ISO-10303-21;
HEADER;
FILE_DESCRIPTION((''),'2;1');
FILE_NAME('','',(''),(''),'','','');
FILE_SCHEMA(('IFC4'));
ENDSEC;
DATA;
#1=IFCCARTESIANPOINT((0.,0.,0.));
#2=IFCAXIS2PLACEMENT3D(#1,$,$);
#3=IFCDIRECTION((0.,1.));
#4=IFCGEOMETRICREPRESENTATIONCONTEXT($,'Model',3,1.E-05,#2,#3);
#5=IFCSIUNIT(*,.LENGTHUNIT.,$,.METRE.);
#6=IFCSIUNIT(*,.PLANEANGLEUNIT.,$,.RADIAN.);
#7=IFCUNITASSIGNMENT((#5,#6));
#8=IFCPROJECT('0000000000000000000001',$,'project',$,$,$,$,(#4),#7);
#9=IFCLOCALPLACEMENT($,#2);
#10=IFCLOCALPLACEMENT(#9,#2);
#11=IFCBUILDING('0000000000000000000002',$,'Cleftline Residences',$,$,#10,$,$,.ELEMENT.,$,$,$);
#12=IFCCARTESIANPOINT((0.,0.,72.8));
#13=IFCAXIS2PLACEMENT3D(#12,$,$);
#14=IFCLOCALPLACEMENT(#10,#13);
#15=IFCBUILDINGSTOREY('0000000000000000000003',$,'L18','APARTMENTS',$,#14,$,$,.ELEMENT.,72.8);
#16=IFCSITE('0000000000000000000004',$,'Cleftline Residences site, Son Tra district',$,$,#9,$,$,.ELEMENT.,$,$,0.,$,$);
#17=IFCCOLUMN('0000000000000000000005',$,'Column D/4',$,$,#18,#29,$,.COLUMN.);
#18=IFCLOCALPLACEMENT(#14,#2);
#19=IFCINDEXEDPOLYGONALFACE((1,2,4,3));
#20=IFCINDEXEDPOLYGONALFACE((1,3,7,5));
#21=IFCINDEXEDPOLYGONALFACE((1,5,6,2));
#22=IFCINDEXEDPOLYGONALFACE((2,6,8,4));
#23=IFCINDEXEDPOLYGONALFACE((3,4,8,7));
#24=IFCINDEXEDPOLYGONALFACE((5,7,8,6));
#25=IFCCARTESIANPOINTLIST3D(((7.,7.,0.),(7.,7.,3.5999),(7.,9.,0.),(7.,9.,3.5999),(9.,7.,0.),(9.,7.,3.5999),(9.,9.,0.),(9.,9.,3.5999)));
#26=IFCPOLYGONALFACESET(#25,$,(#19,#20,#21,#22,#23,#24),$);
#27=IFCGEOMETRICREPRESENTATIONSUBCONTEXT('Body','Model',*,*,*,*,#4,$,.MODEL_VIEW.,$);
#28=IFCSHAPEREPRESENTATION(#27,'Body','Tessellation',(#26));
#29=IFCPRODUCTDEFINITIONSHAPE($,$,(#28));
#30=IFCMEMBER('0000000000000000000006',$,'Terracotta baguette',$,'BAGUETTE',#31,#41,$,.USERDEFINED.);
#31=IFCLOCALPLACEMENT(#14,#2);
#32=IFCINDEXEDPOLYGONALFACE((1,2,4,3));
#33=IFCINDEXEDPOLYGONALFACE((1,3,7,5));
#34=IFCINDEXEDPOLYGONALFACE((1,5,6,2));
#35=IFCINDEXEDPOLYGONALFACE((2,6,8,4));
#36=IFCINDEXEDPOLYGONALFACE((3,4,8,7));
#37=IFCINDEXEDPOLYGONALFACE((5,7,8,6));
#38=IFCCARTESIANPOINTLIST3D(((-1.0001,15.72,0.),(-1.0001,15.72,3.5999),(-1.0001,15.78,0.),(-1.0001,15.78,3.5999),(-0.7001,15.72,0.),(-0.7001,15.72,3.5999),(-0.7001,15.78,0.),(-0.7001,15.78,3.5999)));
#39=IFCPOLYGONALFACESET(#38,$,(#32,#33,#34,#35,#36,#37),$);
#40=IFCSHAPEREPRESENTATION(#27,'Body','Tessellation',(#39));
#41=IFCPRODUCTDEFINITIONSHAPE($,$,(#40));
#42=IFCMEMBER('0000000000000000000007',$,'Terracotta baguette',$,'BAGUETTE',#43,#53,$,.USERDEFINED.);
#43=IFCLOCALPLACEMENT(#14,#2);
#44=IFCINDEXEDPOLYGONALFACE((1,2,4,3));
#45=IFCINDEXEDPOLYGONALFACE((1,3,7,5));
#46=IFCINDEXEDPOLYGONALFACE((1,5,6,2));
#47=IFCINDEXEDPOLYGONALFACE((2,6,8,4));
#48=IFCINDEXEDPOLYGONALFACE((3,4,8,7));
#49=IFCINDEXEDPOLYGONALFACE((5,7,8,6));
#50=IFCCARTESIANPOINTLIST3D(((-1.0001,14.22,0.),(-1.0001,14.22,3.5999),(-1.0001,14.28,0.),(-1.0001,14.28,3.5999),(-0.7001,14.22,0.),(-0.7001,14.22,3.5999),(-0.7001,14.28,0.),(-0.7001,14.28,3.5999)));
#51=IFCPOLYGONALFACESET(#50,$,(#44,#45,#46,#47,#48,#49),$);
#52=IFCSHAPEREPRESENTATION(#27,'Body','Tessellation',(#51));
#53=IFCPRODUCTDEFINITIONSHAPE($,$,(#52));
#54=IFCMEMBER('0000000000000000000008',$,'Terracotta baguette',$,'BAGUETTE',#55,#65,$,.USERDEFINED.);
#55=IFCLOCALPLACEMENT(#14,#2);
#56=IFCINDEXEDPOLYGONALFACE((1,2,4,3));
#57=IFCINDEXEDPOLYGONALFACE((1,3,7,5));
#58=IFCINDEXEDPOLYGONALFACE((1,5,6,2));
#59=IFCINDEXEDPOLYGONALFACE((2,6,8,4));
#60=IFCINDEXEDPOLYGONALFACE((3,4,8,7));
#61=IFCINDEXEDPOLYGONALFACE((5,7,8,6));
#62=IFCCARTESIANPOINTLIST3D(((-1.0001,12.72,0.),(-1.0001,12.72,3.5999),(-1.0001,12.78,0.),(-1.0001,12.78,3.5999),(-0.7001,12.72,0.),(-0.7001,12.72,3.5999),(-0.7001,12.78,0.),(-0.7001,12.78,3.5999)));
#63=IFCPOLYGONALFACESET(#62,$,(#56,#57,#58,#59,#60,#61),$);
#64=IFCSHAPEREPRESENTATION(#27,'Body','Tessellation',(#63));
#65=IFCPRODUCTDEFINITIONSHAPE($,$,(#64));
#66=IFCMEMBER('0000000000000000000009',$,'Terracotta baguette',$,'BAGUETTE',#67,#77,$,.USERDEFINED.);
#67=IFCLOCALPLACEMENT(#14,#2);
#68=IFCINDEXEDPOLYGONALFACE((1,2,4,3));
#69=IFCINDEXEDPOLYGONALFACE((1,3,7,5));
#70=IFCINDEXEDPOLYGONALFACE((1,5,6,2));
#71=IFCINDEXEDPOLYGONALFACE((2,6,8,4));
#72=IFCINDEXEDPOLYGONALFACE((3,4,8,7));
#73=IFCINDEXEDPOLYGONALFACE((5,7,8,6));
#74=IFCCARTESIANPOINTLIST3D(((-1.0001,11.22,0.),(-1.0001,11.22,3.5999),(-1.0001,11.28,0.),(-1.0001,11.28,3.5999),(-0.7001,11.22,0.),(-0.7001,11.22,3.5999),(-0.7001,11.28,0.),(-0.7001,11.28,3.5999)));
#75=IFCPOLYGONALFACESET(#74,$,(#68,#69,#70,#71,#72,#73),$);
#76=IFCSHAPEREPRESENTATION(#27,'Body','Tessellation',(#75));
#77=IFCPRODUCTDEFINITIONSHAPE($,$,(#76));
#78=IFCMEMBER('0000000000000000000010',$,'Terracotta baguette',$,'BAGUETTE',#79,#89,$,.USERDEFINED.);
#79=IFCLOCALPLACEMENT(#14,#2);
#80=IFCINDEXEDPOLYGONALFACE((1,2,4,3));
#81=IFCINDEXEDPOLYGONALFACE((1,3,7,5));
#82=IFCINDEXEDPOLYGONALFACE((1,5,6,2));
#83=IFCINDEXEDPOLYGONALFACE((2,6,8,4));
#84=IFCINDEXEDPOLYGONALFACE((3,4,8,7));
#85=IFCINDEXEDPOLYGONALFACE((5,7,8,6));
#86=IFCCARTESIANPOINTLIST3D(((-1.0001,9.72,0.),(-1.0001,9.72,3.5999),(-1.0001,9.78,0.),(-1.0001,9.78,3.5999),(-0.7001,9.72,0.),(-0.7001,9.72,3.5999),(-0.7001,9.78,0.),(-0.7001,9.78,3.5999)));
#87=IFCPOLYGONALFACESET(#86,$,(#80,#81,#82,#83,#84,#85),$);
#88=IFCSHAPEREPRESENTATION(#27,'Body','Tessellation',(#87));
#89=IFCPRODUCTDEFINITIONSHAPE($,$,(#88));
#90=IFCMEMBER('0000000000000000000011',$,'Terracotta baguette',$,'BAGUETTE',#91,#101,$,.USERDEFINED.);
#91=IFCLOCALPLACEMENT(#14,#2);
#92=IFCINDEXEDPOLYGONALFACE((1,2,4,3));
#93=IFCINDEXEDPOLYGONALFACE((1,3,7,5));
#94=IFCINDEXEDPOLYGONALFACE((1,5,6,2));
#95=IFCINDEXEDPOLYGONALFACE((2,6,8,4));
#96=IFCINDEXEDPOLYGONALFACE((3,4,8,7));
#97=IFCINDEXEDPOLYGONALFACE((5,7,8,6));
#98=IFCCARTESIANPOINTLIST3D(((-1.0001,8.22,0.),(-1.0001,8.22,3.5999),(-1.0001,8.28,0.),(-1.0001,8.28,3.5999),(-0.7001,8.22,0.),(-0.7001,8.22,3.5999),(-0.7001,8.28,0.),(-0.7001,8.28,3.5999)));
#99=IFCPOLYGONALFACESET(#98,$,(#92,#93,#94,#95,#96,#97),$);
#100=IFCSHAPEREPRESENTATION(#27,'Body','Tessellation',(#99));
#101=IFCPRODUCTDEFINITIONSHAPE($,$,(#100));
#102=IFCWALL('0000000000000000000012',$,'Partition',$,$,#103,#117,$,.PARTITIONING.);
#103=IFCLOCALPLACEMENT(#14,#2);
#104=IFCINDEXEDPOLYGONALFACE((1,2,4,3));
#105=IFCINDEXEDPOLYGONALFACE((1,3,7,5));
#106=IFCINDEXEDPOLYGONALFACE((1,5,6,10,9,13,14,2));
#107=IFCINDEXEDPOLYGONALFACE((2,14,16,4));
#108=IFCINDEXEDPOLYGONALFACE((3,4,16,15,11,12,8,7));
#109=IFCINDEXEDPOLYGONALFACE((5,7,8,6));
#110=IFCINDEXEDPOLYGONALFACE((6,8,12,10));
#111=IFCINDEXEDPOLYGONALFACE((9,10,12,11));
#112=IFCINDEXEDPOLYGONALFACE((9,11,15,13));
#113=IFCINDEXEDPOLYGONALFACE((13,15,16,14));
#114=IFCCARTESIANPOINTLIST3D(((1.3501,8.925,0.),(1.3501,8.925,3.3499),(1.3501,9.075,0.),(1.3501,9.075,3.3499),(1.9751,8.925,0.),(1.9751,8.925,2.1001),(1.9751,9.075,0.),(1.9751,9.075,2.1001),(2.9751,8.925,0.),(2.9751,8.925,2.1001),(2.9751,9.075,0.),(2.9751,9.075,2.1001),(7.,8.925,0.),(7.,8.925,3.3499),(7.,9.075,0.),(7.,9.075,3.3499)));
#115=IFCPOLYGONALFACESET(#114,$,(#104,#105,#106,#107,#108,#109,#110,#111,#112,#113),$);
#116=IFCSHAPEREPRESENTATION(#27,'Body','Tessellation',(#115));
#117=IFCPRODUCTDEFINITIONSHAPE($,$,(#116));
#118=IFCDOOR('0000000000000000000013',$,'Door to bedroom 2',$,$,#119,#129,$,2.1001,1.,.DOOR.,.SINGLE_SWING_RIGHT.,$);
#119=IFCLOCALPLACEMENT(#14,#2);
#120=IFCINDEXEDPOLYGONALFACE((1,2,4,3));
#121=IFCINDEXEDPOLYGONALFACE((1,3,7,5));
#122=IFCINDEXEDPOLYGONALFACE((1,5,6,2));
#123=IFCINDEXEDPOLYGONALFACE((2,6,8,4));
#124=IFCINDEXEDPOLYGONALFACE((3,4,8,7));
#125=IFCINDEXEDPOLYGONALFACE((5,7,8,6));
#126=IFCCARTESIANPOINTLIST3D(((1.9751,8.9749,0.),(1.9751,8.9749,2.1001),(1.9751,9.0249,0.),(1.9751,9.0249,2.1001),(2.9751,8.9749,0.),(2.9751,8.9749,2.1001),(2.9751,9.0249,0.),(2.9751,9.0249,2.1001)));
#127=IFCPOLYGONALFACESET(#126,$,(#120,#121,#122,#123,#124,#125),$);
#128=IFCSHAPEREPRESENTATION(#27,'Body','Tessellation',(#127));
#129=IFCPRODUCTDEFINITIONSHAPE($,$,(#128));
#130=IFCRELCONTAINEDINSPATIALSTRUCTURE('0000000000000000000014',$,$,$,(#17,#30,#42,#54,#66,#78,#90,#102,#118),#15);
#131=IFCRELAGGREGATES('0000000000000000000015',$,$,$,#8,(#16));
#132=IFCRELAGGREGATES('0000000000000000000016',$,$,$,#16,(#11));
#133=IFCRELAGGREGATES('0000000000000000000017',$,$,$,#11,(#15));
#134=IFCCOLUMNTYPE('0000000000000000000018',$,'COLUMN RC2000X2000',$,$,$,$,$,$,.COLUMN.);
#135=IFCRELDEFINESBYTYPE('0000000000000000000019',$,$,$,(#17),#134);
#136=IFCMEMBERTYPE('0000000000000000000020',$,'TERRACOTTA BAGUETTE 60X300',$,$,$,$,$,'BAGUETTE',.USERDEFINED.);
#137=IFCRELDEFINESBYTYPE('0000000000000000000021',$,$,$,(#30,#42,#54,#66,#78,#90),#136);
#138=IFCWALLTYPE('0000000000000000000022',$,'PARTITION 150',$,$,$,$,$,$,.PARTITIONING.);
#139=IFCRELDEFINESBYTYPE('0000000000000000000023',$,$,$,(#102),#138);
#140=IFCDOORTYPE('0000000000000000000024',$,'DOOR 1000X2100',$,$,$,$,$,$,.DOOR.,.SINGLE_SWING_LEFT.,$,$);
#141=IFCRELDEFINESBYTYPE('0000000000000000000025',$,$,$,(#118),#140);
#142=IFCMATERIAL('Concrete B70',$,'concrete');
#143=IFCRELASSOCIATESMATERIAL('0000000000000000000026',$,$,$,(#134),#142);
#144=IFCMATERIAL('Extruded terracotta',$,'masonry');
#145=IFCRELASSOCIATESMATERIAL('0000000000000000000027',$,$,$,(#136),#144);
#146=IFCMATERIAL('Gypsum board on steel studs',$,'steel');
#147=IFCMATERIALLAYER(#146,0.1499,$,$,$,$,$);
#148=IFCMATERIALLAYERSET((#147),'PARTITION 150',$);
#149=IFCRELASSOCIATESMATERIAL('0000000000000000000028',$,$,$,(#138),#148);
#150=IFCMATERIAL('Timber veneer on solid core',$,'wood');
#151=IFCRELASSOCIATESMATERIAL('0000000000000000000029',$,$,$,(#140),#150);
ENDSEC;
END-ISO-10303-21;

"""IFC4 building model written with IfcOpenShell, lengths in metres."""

from ifc_helpers import new_model, si_unit, direction, frame, frame_2d, origin, origin_2d, place, context, subcontext, project, spatial, rectangle, extrude, material, layer, layer_set, material_profile, profile_set, type_object, element, fill, save


model = new_model("IFC4")

# Units and contexts
model_context = context("Model", 3, precision=1e-05, world=origin(), true_north=direction((0.0, 1.0)))
body_context = subcontext(model_context, "Body", "Model", "MODEL_VIEW")
ifc_project = project(units=[si_unit("LENGTHUNIT", "METRE"), si_unit("PLANEANGLEUNIT", "RADIAN")], contexts=[model_context])

# Site, building, storey
site_placement = place(None, origin())
site = spatial("IfcSite", under=ifc_project, at=site_placement, Name="Cleftline Residences site, Son Tra district", CompositionType="ELEMENT", RefElevation=0.0)
building_placement = place(site_placement, origin())
building = spatial("IfcBuilding", under=site, at=building_placement, Name="Cleftline Residences", CompositionType="ELEMENT")
storey_placement = place(building_placement, frame((0.0, 0.0, 72.8)))
storey = spatial("IfcBuildingStorey", under=building, at=storey_placement, Name="L18", Description="APARTMENTS", CompositionType="ELEMENT", Elevation=72.8)

# Column
ifc_material_1 = material(Name="Concrete B70", Category="concrete")
ifc_material_profile_1 = material_profile(ifc_material_1, rectangle(XDim=2.0, YDim=2.0, at=origin_2d()))
ifc_profile_set_1 = profile_set([ifc_material_profile_1], Name="Concrete B70")
column_type = type_object("IfcColumnType", Name="COLUMN RC2000X2000", PredefinedType="COLUMN", material=ifc_profile_set_1)
column_placement = place(storey_placement, frame((8.0, 8.0, 0.0), z_axis=(0.0, 0.0, 1.0), x_axis=(1.0, 0.0, 0.0)))
element("IfcColumn", 1, at=column_placement, inside=storey, type_object=column_type, Name="Column D/4", PredefinedType="COLUMN", context=body_context, shape_type="SweptSolid", body=[
    extrude(rectangle(XDim=2.0, YDim=2.0, at=origin_2d()), origin(), (0.0, 0.0, 1.0), 3.5999),
])

# Members
ifc_material_2 = material(Name="Extruded terracotta", Category="masonry")
ifc_material_profile_2 = material_profile(ifc_material_2, rectangle(XDim=0.0601, YDim=0.3, at=origin_2d()))
ifc_profile_set_2 = profile_set([ifc_material_profile_2], Name="Extruded terracotta")
member_type = type_object("IfcMemberType", Name="TERRACOTTA BAGUETTE 60X300", ElementType="BAGUETTE", PredefinedType="USERDEFINED", material=ifc_profile_set_2)
for number, where, z_axis, x_axis, name in (
    (2, (-0.8501, 15.75, 0.0), (0.0, 0.0, 1.0), (0.0, 1.0, 0.0), "Terracotta baguette"),
    (3, (-0.8501, 14.25, 0.0), (0.0, 0.0, 1.0), (0.0, 1.0, 0.0), "Terracotta baguette"),
    (4, (-0.8501, 12.75, 0.0), (0.0, 0.0, 1.0), (0.0, 1.0, 0.0), "Terracotta baguette"),
    (5, (-0.8501, 11.25, 0.0), (0.0, 0.0, 1.0), (0.0, 1.0, 0.0), "Terracotta baguette"),
    (6, (-0.8501, 9.75, 0.0), (0.0, 0.0, 1.0), (0.0, 1.0, 0.0), "Terracotta baguette"),
    (7, (-0.8501, 8.25, 0.0), (0.0, 0.0, 1.0), (0.0, 1.0, 0.0), "Terracotta baguette"),
):
    element("IfcMember", number, at=place(storey_placement, frame(where, z_axis=z_axis, x_axis=x_axis)), inside=storey, type_object=member_type, Name=name, ObjectType="BAGUETTE", PredefinedType="USERDEFINED", context=body_context, shape_type="SweptSolid", body=[
        extrude(rectangle(XDim=0.0601, YDim=0.3, at=origin_2d()), origin(), (0.0, 0.0, 1.0), 3.5999),
    ])

# Wall, opening, door
ifc_material_3 = material(Name="Gypsum board on steel studs", Category="steel")
ifc_layer = layer(ifc_material_3, 0.1499)
ifc_layer_set = layer_set([ifc_layer], Name="PARTITION 150")
wall_type = type_object("IfcWallType", Name="PARTITION 150", PredefinedType="PARTITIONING", material=ifc_layer_set)
wall_1_placement = place(storey_placement, frame((1.3501, 9.0, 0.0), z_axis=(0.0, 0.0, 1.0), x_axis=(1.0, 0.0, 0.0)))
wall_1 = element("IfcWall", 8, at=wall_1_placement, inside=storey, type_object=wall_type, Name="Partition", PredefinedType="PARTITIONING", context=body_context, shape_type="SweptSolid", body=[
    extrude(rectangle(XDim=5.6499, YDim=0.1499, at=frame_2d((2.825, 0.0))), origin(), (0.0, 0.0, 1.0), 3.3499),
])
opening_1_placement = place(wall_1_placement, frame((0.625, 0.0, 0.0)))
opening_1 = element("IfcOpeningElement", 9, at=opening_1_placement, cuts=wall_1, PredefinedType="OPENING", context=body_context, shape_type="SweptSolid", body=[
    extrude(rectangle(XDim=1.0, YDim=2.1001, at=frame_2d((0.5, 1.05))), frame((0.0, 0.085, 0.0), z_axis=(0.0, -1.0, 0.0), x_axis=(1.0, 0.0, 0.0)), (0.0, 0.0, 1.0), 0.1699),
])
ifc_material_4 = material(Name="Timber veneer on solid core", Category="wood")
door_type_1 = type_object("IfcDoorType", Name="DOOR 1000X2100", OperationType="SINGLE_SWING_LEFT", PredefinedType="DOOR", material=ifc_material_4)
door_1_placement = place(opening_1_placement, origin())
door_1 = element("IfcDoor", 10, at=door_1_placement, inside=storey, type_object=door_type_1, Name="Door to bedroom 2", OperationType="SINGLE_SWING_RIGHT", OverallHeight=2.1001, OverallWidth=1.0, PredefinedType="DOOR", context=body_context, shape_type="SweptSolid", body=[
    extrude(rectangle(XDim=1.0, YDim=2.1001, at=frame_2d((0.5, 1.05))), frame((0.0, 0.0249, 0.0), z_axis=(0.0, -1.0, 0.0), x_axis=(1.0, 0.0, 0.0)), (0.0, 0.0, 1.0), 0.05),
])
fill(opening_1, door_1)

save(model, "model.ifc")
